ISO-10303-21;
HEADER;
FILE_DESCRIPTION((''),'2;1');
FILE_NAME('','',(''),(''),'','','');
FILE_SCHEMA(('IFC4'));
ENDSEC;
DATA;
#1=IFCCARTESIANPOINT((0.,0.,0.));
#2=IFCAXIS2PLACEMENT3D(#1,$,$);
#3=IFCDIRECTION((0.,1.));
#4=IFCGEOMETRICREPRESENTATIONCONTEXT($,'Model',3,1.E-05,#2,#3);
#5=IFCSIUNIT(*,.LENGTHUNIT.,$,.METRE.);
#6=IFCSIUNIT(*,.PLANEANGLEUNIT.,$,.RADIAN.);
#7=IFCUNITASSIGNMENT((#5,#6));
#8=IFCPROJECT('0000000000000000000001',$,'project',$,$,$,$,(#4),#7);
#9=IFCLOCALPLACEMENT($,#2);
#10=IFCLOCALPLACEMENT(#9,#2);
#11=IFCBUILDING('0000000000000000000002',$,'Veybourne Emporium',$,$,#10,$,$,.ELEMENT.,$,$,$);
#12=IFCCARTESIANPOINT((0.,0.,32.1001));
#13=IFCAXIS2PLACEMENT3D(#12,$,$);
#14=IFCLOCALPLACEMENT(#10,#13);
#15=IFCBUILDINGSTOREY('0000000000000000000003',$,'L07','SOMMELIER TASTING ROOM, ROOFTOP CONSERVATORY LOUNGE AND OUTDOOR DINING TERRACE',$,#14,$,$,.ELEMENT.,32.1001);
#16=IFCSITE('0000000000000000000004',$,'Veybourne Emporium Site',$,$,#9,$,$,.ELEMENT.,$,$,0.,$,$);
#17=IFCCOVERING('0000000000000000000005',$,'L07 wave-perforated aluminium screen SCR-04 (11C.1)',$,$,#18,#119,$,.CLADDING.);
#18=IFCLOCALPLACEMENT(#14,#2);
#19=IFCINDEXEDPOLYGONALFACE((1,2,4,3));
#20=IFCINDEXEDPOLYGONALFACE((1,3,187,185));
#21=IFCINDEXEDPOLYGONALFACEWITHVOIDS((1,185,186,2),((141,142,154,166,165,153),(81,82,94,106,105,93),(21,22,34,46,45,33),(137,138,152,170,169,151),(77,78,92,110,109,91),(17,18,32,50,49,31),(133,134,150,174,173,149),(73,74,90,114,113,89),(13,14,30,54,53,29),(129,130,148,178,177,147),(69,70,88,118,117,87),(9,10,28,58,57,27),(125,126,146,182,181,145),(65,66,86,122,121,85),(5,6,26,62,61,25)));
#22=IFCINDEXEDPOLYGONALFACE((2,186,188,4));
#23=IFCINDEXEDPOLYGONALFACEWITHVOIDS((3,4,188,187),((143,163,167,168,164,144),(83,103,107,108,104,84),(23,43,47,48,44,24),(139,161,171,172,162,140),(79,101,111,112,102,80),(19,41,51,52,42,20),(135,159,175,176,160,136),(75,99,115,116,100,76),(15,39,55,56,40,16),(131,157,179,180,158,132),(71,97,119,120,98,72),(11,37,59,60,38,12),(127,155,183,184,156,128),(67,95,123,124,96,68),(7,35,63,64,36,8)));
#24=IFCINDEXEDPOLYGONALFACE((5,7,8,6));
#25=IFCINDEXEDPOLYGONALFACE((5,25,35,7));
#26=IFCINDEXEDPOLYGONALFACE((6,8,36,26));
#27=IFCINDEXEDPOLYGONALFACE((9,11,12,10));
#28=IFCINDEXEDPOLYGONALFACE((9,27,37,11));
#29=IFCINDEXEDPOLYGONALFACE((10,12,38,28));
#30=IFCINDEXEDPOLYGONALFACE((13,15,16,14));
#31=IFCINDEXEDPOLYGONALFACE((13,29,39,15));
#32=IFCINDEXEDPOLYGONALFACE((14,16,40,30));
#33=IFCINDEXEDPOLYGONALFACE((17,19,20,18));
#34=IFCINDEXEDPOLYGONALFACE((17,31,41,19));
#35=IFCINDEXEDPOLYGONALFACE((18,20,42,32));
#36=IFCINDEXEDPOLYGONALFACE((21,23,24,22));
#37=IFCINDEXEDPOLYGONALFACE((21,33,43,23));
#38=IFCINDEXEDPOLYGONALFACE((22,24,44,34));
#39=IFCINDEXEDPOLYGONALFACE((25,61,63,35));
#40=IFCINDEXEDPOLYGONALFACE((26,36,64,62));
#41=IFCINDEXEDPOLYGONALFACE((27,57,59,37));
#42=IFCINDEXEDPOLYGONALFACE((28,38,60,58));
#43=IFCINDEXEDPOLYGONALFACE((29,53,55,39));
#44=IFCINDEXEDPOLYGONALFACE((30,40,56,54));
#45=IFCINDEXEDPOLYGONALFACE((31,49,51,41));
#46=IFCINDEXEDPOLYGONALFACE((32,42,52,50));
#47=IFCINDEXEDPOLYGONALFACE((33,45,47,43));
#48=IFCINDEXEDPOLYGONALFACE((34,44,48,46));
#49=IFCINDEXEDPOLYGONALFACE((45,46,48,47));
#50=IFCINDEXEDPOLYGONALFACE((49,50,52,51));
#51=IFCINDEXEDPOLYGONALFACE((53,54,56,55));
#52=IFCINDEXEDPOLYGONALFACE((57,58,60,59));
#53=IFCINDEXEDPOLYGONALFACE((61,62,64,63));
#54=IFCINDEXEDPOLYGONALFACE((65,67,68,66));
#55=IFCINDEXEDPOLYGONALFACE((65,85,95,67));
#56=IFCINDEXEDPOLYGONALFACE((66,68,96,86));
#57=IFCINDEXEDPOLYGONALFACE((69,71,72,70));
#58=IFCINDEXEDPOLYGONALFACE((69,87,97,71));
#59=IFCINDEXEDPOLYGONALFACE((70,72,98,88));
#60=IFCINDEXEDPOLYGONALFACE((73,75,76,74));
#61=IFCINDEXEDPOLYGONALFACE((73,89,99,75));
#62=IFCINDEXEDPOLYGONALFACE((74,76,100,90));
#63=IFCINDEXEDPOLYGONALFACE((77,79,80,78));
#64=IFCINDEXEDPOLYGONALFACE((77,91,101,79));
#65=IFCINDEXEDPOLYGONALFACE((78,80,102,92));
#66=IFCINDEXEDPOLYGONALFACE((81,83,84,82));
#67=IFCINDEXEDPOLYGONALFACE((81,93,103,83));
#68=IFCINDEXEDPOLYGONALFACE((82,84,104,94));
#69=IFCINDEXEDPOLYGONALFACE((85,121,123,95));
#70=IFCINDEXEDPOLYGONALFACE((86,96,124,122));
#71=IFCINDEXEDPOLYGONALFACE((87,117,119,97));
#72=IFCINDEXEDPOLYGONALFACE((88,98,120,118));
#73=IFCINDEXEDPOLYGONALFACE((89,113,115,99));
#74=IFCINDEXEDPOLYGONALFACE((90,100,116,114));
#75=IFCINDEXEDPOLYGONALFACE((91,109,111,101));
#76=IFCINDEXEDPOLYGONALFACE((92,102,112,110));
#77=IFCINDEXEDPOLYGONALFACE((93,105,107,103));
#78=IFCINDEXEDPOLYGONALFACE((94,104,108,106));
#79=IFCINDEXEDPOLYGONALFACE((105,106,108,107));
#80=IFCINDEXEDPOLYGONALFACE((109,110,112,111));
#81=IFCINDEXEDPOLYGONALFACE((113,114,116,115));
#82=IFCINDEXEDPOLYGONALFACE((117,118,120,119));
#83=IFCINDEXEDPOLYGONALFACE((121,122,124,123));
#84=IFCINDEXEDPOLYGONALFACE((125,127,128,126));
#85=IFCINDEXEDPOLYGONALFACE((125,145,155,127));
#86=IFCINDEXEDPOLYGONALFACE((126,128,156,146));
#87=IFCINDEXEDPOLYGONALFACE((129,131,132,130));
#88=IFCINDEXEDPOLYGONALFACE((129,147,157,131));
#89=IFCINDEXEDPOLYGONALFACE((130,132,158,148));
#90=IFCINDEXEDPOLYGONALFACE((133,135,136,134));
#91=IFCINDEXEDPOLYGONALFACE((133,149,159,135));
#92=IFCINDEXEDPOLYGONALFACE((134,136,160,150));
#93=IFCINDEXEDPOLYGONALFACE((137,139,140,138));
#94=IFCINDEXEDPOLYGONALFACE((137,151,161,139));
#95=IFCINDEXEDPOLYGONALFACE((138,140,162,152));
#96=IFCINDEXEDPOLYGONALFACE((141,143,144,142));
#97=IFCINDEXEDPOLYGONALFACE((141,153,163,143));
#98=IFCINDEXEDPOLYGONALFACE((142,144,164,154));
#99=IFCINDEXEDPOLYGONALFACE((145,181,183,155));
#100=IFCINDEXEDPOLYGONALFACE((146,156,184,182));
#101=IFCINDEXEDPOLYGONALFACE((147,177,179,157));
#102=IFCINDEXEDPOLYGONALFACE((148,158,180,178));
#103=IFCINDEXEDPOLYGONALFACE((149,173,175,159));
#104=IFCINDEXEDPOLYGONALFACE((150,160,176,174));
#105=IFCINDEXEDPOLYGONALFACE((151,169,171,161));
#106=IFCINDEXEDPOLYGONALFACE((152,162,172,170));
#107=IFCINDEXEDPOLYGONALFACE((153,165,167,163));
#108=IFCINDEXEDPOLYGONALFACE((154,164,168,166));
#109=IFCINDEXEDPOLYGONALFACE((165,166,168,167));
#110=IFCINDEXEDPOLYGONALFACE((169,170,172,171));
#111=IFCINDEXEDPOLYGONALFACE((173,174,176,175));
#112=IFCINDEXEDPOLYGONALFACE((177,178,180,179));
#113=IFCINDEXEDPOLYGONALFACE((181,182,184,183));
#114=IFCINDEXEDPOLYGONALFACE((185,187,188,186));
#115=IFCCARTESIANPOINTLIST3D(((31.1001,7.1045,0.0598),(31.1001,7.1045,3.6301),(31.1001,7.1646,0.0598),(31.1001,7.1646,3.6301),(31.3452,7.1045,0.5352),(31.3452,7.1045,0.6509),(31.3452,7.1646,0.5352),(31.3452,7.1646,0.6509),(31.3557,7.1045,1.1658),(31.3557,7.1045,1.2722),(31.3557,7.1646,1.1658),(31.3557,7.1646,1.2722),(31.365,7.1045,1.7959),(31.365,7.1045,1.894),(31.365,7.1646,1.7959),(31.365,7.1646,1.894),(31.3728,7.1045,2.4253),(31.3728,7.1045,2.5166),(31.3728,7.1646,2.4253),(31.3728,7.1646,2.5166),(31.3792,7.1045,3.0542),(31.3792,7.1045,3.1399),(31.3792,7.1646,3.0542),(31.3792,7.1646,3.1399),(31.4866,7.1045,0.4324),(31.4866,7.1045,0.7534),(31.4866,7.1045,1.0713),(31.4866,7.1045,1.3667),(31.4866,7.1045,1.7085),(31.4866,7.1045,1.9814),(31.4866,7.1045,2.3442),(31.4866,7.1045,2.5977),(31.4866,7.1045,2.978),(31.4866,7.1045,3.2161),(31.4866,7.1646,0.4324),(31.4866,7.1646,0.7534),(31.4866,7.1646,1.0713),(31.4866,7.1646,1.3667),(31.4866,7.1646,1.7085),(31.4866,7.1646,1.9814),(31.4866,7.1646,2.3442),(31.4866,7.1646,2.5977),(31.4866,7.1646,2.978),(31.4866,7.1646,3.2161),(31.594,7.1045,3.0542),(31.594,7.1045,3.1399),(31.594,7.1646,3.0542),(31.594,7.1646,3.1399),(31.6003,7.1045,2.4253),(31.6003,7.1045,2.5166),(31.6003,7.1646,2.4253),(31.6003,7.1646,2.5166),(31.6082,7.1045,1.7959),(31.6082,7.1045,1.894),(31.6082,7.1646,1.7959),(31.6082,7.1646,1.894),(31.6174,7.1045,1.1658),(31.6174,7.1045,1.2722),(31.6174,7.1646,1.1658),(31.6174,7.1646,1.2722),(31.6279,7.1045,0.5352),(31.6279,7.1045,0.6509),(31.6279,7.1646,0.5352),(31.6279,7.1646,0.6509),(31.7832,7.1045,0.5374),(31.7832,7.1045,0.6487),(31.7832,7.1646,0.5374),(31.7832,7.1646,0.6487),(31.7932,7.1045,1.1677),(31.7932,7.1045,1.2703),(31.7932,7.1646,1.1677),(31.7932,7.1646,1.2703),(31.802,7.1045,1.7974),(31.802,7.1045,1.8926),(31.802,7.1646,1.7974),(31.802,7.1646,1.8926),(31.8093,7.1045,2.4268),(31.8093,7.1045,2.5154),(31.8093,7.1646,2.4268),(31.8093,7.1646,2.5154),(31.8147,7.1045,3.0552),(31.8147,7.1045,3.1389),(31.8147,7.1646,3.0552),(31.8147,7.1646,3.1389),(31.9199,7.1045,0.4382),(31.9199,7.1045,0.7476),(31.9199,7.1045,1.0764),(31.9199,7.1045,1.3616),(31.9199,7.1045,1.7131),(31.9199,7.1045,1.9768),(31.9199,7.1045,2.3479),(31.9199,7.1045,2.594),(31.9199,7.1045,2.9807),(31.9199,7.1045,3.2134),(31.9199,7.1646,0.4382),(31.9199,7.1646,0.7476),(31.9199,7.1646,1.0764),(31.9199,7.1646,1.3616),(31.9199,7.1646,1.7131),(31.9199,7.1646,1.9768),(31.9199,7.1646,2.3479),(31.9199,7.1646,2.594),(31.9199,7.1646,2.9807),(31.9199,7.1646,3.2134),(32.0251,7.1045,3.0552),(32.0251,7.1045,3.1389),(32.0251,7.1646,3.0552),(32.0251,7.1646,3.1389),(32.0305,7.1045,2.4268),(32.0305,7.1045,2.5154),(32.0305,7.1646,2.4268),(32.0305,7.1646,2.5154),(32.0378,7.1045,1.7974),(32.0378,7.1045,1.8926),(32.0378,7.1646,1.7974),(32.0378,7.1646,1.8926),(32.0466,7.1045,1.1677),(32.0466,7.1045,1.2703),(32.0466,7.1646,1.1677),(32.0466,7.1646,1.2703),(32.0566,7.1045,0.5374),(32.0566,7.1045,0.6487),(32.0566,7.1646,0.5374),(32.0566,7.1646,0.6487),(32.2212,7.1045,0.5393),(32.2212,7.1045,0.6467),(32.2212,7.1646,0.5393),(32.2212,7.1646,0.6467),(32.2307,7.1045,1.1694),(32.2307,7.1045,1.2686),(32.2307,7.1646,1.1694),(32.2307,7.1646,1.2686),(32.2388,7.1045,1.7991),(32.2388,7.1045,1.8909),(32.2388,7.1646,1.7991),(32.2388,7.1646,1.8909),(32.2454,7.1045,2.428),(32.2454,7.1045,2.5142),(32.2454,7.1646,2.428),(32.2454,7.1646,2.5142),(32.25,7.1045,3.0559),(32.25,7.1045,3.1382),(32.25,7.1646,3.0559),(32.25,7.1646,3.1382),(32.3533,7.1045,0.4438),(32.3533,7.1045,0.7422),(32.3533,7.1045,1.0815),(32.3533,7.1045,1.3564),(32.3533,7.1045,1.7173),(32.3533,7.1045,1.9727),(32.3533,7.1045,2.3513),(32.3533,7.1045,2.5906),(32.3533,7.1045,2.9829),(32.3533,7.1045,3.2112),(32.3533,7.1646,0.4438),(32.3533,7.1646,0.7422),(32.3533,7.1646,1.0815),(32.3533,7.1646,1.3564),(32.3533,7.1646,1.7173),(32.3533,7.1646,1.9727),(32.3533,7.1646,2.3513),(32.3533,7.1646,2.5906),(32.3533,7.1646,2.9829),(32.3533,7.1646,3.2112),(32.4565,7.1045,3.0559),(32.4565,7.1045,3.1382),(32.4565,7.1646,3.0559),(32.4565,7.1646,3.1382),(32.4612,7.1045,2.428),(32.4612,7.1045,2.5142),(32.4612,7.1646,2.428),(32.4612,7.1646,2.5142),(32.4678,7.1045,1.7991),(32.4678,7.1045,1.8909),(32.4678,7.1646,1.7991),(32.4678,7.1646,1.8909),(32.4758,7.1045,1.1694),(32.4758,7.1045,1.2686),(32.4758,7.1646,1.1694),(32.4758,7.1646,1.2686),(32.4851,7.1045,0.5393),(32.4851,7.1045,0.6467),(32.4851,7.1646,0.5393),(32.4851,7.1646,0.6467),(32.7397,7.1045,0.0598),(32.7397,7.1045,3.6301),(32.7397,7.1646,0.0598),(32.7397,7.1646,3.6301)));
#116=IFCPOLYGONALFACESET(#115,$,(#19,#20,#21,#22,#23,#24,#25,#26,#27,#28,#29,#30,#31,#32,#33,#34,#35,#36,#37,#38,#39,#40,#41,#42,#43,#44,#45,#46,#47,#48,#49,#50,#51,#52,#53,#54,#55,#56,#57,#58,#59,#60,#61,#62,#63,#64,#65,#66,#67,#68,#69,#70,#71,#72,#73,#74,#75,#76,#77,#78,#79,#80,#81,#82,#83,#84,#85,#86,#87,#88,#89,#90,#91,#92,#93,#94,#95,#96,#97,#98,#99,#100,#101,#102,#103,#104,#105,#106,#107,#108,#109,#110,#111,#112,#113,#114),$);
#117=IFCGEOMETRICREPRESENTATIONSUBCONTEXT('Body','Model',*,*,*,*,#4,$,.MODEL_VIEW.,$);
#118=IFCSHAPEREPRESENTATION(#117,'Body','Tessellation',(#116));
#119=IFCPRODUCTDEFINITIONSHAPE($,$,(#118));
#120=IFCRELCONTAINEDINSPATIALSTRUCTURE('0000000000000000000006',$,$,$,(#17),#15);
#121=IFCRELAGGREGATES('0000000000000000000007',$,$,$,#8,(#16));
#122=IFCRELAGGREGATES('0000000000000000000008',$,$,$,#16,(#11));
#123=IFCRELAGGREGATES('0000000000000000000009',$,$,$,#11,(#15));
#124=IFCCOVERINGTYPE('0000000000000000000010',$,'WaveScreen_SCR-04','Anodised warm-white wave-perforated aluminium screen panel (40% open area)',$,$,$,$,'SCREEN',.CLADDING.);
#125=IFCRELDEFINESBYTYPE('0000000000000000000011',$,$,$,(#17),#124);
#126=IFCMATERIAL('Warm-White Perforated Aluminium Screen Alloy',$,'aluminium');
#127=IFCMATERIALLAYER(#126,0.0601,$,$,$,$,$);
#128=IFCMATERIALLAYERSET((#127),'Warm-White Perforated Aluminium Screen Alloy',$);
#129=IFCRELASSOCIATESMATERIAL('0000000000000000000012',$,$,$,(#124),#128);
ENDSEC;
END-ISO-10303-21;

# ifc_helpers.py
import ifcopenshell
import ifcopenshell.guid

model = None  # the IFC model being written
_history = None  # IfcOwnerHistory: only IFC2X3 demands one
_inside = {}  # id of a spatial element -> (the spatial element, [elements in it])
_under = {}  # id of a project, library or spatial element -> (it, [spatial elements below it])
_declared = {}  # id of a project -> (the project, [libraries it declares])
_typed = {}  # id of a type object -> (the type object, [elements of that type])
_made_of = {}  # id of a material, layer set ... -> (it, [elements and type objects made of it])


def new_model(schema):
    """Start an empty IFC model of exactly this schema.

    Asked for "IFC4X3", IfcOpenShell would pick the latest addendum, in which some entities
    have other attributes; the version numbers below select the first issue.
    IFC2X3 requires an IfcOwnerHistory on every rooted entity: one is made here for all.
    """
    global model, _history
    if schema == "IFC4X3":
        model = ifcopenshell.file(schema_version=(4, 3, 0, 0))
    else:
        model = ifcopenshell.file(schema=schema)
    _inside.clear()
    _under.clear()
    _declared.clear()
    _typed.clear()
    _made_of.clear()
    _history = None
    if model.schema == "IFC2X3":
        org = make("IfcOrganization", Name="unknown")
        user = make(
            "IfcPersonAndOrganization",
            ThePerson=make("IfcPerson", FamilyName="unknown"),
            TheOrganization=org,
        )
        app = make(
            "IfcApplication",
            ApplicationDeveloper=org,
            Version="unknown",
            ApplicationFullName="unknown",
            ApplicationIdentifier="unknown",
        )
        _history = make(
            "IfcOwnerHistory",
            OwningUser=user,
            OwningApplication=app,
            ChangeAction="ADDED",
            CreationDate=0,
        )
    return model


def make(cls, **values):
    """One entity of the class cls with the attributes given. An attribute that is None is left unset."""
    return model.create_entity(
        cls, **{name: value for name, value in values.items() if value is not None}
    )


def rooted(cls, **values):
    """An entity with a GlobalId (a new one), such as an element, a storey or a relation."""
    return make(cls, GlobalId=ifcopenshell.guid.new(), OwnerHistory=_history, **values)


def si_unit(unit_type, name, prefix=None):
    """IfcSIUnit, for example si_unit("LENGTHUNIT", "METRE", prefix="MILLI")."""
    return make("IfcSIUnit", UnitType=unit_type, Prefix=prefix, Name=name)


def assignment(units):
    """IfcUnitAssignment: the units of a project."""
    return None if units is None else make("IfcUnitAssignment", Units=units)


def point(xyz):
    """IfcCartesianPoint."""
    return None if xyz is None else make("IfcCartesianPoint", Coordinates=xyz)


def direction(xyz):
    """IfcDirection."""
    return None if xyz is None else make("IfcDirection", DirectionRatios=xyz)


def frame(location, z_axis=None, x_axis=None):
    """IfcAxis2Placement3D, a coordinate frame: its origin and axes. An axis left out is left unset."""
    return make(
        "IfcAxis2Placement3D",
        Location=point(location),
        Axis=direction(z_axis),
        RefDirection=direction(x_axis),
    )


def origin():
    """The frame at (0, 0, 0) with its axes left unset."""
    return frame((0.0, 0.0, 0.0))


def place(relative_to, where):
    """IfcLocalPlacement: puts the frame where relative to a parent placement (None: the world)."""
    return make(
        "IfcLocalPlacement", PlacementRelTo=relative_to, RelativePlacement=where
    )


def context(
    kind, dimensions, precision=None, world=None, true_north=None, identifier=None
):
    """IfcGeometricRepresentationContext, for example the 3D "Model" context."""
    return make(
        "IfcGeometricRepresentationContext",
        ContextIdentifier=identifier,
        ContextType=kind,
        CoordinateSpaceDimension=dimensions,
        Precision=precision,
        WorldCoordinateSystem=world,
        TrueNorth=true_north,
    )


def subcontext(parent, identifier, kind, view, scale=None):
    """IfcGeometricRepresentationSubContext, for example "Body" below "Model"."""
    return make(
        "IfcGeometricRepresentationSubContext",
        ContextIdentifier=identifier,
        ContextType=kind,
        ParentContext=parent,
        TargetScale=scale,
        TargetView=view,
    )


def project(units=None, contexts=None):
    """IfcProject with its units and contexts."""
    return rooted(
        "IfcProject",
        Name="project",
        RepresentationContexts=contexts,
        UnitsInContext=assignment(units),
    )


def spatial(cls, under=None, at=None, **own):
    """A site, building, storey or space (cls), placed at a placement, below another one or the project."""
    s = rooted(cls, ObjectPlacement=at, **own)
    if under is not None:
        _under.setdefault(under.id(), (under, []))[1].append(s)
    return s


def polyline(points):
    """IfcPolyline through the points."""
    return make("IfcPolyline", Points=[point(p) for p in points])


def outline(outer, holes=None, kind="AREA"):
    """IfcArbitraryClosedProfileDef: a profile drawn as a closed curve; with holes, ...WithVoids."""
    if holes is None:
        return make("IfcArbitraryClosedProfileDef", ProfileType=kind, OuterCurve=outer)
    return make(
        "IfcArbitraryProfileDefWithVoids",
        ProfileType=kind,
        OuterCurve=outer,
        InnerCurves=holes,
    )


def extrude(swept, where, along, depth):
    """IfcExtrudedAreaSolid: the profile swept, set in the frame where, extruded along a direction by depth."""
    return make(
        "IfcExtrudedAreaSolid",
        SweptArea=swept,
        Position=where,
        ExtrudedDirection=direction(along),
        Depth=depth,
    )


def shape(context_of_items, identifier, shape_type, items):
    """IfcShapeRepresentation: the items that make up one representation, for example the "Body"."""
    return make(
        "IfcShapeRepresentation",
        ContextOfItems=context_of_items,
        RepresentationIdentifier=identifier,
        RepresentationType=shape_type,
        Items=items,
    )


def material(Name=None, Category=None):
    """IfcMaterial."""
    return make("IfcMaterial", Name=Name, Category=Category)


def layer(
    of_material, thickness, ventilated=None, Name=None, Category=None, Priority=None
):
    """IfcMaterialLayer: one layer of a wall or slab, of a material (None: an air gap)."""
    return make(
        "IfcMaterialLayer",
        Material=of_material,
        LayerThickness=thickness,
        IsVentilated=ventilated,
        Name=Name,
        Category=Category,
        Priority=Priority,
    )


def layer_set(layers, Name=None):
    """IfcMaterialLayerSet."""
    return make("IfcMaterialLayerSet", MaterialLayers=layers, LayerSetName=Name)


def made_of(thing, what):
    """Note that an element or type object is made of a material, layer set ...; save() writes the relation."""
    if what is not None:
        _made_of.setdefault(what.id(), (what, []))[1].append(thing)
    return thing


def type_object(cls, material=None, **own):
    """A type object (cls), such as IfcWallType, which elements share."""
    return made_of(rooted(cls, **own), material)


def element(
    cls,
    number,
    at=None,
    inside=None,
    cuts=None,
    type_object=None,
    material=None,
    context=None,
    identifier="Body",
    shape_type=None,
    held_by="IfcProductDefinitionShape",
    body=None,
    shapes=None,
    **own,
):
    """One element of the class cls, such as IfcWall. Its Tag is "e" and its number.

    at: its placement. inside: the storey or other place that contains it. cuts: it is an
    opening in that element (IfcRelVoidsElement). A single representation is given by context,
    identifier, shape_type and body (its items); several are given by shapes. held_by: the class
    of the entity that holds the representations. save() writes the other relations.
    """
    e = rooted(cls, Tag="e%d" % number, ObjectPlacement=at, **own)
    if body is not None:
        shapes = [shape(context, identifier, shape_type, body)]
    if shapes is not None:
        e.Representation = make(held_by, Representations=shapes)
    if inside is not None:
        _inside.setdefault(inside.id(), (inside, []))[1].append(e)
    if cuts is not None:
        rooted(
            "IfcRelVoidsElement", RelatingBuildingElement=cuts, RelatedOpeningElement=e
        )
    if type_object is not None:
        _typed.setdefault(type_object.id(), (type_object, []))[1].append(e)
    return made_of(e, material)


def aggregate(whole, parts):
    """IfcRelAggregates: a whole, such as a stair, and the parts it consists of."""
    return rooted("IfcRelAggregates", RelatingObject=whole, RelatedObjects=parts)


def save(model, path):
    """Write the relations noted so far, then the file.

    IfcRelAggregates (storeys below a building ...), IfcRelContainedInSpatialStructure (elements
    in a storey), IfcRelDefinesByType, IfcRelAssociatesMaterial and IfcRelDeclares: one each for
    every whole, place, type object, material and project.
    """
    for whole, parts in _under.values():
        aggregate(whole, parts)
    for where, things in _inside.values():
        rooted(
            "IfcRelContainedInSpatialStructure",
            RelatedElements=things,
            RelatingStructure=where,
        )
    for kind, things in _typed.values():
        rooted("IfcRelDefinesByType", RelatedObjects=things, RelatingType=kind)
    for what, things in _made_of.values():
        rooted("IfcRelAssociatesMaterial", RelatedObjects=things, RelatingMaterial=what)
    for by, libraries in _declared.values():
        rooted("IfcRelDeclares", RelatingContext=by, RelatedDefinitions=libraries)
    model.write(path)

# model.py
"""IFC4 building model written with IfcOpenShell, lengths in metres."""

from ifc_helpers import new_model, si_unit, direction, frame, origin, place, context, subcontext, project, spatial, polyline, outline, extrude, material, layer, layer_set, type_object, element, save


model = new_model("IFC4")

# Units and contexts
model_context = context("Model", 3, precision=1e-05, world=origin(), true_north=direction((0.0, 1.0)))
body_context = subcontext(model_context, "Body", "Model", "MODEL_VIEW")
ifc_project = project(units=[si_unit("LENGTHUNIT", "METRE"), si_unit("PLANEANGLEUNIT", "RADIAN")], contexts=[model_context])

# Site, building, storey
site_placement = place(None, origin())
site = spatial("IfcSite", under=ifc_project, at=site_placement, Name="Veybourne Emporium Site", CompositionType="ELEMENT", RefElevation=0.0)
building_placement = place(site_placement, origin())
building = spatial("IfcBuilding", under=site, at=building_placement, Name="Veybourne Emporium", CompositionType="ELEMENT")
storey_placement = place(building_placement, frame((0.0, 0.0, 32.1001)))
storey = spatial("IfcBuildingStorey", under=building, at=storey_placement, Name="L07", Description="SOMMELIER TASTING ROOM, ROOFTOP CONSERVATORY LOUNGE AND OUTDOOR DINING TERRACE", CompositionType="ELEMENT", Elevation=32.1001)

# Covering
ifc_material_1 = material(Name="Warm-White Perforated Aluminium Screen Alloy", Category="aluminium")
ifc_layer_1 = layer(ifc_material_1, 0.0601)
ifc_layer_set_1 = layer_set([ifc_layer_1], Name="Warm-White Perforated Aluminium Screen Alloy")
covering_type_1 = type_object("IfcCoveringType", Name="WaveScreen_SCR-04", Description="Anodised warm-white wave-perforated aluminium screen panel (40% open area)", ElementType="SCREEN", PredefinedType="CLADDING", material=ifc_layer_set_1)
covering_1_placement = place(storey_placement, frame((31.9199, 7.1045, 1.845), z_axis=(0.0, 1.0, 0.0), x_axis=(-1.0, 0.0, 0.0)))
element("IfcCovering", 1, at=covering_1_placement, inside=storey, type_object=covering_type_1, Name="L07 wave-perforated aluminium screen SCR-04 (11C.1)", PredefinedType="CLADDING", context=body_context, shape_type="SweptSolid", body=[
    extrude(outline(polyline([(-0.8198, -1.7852), (0.8198, -1.7852), (0.8198, 1.7852), (-0.8198, 1.7852), (-0.8198, -1.7852)]), holes=[polyline([(-0.4333, -1.1028), (-0.3013, -1.1982), (-0.3013, -1.3057), (-0.4333, -1.4011), (-0.5652, -1.3057), (-0.5652, -1.1982), (-0.4333, -1.1028)]), polyline([(-0.4333, -0.4885), (-0.3108, -0.5764), (-0.3108, -0.6755), (-0.4333, -0.7634), (-0.5559, -0.6755), (-0.5559, -0.5764), (-0.4333, -0.4885)]), polyline([(-0.4333, 0.1277), (-0.3188, 0.0459), (-0.3188, -0.0459), (-0.4333, -0.1277), (-0.5479, -0.0459), (-0.5479, 0.0459), (-0.4333, 0.1277)]), polyline([(-0.4333, 0.7456), (-0.3254, 0.6692), (-0.3254, 0.583), (-0.4333, 0.5063), (-0.5413, 0.583), (-0.5413, 0.6692), (-0.4333, 0.7456)]), polyline([(-0.4333, 1.3662), (-0.3301, 1.2932), (-0.3301, 1.2109), (-0.4333, 1.1379), (-0.5366, 1.2109), (-0.5366, 1.2932), (-0.4333, 1.3662)]), polyline([(0.0, -1.0974), (0.1367, -1.1963), (0.1367, -1.3076), (0.0, -1.4067), (-0.1367, -1.3076), (-0.1367, -1.1963), (0.0, -1.0974)]), polyline([(0.0, -0.4834), (0.1267, -0.5747), (0.1267, -0.6772), (0.0, -0.7686), (-0.1267, -0.6772), (-0.1267, -0.5747), (0.0, -0.4834)]), polyline([(0.0, 0.1318), (0.1179, 0.0476), (0.1179, -0.0476), (0.0, -0.1318), (-0.1179, -0.0476), (-0.1179, 0.0476), (0.0, 0.1318)]), polyline([(0.0, 0.749), (0.1106, 0.6704), (0.1106, 0.5818), (0.0, 0.5029), (-0.1106, 0.5818), (-0.1106, 0.6704), (0.0, 0.749)]), polyline([(0.0, 1.3684), (0.1052, 1.2939), (0.1052, 1.2102), (0.0, 1.1357), (-0.1052, 1.2102), (-0.1052, 1.2939), (0.0, 1.3684)]), polyline([(0.4333, -1.0916), (0.5747, -1.1941), (0.5747, -1.3098), (0.4333, -1.4126), (0.292, -1.3098), (0.292, -1.1941), (0.4333, -1.0916)]), polyline([(0.4333, -0.4783), (0.5642, -0.5728), (0.5642, -0.6792), (0.4333, -0.7737), (0.3025, -0.6792), (0.3025, -0.5728), (0.4333, -0.4783)]), polyline([(0.4333, 0.1365), (0.5549, 0.0491), (0.5549, -0.0491), (0.4333, -0.1365), (0.3118, -0.0491), (0.3118, 0.0491), (0.4333, 0.1365)]), polyline([(0.4333, 0.7527), (0.5471, 0.6716), (0.5471, 0.5803), (0.4333, 0.4993), (0.3196, 0.5803), (0.3196, 0.6716), (0.4333, 0.7527)]), polyline([(0.4333, 1.3711), (0.5408, 1.2949), (0.5408, 1.2092), (0.4333, 1.1331), (0.3259, 1.2092), (0.3259, 1.2949), (0.4333, 1.3711)])]), origin(), (0.0, 0.0, 1.0), 0.0601),
])

save(model, "model.ifc")
